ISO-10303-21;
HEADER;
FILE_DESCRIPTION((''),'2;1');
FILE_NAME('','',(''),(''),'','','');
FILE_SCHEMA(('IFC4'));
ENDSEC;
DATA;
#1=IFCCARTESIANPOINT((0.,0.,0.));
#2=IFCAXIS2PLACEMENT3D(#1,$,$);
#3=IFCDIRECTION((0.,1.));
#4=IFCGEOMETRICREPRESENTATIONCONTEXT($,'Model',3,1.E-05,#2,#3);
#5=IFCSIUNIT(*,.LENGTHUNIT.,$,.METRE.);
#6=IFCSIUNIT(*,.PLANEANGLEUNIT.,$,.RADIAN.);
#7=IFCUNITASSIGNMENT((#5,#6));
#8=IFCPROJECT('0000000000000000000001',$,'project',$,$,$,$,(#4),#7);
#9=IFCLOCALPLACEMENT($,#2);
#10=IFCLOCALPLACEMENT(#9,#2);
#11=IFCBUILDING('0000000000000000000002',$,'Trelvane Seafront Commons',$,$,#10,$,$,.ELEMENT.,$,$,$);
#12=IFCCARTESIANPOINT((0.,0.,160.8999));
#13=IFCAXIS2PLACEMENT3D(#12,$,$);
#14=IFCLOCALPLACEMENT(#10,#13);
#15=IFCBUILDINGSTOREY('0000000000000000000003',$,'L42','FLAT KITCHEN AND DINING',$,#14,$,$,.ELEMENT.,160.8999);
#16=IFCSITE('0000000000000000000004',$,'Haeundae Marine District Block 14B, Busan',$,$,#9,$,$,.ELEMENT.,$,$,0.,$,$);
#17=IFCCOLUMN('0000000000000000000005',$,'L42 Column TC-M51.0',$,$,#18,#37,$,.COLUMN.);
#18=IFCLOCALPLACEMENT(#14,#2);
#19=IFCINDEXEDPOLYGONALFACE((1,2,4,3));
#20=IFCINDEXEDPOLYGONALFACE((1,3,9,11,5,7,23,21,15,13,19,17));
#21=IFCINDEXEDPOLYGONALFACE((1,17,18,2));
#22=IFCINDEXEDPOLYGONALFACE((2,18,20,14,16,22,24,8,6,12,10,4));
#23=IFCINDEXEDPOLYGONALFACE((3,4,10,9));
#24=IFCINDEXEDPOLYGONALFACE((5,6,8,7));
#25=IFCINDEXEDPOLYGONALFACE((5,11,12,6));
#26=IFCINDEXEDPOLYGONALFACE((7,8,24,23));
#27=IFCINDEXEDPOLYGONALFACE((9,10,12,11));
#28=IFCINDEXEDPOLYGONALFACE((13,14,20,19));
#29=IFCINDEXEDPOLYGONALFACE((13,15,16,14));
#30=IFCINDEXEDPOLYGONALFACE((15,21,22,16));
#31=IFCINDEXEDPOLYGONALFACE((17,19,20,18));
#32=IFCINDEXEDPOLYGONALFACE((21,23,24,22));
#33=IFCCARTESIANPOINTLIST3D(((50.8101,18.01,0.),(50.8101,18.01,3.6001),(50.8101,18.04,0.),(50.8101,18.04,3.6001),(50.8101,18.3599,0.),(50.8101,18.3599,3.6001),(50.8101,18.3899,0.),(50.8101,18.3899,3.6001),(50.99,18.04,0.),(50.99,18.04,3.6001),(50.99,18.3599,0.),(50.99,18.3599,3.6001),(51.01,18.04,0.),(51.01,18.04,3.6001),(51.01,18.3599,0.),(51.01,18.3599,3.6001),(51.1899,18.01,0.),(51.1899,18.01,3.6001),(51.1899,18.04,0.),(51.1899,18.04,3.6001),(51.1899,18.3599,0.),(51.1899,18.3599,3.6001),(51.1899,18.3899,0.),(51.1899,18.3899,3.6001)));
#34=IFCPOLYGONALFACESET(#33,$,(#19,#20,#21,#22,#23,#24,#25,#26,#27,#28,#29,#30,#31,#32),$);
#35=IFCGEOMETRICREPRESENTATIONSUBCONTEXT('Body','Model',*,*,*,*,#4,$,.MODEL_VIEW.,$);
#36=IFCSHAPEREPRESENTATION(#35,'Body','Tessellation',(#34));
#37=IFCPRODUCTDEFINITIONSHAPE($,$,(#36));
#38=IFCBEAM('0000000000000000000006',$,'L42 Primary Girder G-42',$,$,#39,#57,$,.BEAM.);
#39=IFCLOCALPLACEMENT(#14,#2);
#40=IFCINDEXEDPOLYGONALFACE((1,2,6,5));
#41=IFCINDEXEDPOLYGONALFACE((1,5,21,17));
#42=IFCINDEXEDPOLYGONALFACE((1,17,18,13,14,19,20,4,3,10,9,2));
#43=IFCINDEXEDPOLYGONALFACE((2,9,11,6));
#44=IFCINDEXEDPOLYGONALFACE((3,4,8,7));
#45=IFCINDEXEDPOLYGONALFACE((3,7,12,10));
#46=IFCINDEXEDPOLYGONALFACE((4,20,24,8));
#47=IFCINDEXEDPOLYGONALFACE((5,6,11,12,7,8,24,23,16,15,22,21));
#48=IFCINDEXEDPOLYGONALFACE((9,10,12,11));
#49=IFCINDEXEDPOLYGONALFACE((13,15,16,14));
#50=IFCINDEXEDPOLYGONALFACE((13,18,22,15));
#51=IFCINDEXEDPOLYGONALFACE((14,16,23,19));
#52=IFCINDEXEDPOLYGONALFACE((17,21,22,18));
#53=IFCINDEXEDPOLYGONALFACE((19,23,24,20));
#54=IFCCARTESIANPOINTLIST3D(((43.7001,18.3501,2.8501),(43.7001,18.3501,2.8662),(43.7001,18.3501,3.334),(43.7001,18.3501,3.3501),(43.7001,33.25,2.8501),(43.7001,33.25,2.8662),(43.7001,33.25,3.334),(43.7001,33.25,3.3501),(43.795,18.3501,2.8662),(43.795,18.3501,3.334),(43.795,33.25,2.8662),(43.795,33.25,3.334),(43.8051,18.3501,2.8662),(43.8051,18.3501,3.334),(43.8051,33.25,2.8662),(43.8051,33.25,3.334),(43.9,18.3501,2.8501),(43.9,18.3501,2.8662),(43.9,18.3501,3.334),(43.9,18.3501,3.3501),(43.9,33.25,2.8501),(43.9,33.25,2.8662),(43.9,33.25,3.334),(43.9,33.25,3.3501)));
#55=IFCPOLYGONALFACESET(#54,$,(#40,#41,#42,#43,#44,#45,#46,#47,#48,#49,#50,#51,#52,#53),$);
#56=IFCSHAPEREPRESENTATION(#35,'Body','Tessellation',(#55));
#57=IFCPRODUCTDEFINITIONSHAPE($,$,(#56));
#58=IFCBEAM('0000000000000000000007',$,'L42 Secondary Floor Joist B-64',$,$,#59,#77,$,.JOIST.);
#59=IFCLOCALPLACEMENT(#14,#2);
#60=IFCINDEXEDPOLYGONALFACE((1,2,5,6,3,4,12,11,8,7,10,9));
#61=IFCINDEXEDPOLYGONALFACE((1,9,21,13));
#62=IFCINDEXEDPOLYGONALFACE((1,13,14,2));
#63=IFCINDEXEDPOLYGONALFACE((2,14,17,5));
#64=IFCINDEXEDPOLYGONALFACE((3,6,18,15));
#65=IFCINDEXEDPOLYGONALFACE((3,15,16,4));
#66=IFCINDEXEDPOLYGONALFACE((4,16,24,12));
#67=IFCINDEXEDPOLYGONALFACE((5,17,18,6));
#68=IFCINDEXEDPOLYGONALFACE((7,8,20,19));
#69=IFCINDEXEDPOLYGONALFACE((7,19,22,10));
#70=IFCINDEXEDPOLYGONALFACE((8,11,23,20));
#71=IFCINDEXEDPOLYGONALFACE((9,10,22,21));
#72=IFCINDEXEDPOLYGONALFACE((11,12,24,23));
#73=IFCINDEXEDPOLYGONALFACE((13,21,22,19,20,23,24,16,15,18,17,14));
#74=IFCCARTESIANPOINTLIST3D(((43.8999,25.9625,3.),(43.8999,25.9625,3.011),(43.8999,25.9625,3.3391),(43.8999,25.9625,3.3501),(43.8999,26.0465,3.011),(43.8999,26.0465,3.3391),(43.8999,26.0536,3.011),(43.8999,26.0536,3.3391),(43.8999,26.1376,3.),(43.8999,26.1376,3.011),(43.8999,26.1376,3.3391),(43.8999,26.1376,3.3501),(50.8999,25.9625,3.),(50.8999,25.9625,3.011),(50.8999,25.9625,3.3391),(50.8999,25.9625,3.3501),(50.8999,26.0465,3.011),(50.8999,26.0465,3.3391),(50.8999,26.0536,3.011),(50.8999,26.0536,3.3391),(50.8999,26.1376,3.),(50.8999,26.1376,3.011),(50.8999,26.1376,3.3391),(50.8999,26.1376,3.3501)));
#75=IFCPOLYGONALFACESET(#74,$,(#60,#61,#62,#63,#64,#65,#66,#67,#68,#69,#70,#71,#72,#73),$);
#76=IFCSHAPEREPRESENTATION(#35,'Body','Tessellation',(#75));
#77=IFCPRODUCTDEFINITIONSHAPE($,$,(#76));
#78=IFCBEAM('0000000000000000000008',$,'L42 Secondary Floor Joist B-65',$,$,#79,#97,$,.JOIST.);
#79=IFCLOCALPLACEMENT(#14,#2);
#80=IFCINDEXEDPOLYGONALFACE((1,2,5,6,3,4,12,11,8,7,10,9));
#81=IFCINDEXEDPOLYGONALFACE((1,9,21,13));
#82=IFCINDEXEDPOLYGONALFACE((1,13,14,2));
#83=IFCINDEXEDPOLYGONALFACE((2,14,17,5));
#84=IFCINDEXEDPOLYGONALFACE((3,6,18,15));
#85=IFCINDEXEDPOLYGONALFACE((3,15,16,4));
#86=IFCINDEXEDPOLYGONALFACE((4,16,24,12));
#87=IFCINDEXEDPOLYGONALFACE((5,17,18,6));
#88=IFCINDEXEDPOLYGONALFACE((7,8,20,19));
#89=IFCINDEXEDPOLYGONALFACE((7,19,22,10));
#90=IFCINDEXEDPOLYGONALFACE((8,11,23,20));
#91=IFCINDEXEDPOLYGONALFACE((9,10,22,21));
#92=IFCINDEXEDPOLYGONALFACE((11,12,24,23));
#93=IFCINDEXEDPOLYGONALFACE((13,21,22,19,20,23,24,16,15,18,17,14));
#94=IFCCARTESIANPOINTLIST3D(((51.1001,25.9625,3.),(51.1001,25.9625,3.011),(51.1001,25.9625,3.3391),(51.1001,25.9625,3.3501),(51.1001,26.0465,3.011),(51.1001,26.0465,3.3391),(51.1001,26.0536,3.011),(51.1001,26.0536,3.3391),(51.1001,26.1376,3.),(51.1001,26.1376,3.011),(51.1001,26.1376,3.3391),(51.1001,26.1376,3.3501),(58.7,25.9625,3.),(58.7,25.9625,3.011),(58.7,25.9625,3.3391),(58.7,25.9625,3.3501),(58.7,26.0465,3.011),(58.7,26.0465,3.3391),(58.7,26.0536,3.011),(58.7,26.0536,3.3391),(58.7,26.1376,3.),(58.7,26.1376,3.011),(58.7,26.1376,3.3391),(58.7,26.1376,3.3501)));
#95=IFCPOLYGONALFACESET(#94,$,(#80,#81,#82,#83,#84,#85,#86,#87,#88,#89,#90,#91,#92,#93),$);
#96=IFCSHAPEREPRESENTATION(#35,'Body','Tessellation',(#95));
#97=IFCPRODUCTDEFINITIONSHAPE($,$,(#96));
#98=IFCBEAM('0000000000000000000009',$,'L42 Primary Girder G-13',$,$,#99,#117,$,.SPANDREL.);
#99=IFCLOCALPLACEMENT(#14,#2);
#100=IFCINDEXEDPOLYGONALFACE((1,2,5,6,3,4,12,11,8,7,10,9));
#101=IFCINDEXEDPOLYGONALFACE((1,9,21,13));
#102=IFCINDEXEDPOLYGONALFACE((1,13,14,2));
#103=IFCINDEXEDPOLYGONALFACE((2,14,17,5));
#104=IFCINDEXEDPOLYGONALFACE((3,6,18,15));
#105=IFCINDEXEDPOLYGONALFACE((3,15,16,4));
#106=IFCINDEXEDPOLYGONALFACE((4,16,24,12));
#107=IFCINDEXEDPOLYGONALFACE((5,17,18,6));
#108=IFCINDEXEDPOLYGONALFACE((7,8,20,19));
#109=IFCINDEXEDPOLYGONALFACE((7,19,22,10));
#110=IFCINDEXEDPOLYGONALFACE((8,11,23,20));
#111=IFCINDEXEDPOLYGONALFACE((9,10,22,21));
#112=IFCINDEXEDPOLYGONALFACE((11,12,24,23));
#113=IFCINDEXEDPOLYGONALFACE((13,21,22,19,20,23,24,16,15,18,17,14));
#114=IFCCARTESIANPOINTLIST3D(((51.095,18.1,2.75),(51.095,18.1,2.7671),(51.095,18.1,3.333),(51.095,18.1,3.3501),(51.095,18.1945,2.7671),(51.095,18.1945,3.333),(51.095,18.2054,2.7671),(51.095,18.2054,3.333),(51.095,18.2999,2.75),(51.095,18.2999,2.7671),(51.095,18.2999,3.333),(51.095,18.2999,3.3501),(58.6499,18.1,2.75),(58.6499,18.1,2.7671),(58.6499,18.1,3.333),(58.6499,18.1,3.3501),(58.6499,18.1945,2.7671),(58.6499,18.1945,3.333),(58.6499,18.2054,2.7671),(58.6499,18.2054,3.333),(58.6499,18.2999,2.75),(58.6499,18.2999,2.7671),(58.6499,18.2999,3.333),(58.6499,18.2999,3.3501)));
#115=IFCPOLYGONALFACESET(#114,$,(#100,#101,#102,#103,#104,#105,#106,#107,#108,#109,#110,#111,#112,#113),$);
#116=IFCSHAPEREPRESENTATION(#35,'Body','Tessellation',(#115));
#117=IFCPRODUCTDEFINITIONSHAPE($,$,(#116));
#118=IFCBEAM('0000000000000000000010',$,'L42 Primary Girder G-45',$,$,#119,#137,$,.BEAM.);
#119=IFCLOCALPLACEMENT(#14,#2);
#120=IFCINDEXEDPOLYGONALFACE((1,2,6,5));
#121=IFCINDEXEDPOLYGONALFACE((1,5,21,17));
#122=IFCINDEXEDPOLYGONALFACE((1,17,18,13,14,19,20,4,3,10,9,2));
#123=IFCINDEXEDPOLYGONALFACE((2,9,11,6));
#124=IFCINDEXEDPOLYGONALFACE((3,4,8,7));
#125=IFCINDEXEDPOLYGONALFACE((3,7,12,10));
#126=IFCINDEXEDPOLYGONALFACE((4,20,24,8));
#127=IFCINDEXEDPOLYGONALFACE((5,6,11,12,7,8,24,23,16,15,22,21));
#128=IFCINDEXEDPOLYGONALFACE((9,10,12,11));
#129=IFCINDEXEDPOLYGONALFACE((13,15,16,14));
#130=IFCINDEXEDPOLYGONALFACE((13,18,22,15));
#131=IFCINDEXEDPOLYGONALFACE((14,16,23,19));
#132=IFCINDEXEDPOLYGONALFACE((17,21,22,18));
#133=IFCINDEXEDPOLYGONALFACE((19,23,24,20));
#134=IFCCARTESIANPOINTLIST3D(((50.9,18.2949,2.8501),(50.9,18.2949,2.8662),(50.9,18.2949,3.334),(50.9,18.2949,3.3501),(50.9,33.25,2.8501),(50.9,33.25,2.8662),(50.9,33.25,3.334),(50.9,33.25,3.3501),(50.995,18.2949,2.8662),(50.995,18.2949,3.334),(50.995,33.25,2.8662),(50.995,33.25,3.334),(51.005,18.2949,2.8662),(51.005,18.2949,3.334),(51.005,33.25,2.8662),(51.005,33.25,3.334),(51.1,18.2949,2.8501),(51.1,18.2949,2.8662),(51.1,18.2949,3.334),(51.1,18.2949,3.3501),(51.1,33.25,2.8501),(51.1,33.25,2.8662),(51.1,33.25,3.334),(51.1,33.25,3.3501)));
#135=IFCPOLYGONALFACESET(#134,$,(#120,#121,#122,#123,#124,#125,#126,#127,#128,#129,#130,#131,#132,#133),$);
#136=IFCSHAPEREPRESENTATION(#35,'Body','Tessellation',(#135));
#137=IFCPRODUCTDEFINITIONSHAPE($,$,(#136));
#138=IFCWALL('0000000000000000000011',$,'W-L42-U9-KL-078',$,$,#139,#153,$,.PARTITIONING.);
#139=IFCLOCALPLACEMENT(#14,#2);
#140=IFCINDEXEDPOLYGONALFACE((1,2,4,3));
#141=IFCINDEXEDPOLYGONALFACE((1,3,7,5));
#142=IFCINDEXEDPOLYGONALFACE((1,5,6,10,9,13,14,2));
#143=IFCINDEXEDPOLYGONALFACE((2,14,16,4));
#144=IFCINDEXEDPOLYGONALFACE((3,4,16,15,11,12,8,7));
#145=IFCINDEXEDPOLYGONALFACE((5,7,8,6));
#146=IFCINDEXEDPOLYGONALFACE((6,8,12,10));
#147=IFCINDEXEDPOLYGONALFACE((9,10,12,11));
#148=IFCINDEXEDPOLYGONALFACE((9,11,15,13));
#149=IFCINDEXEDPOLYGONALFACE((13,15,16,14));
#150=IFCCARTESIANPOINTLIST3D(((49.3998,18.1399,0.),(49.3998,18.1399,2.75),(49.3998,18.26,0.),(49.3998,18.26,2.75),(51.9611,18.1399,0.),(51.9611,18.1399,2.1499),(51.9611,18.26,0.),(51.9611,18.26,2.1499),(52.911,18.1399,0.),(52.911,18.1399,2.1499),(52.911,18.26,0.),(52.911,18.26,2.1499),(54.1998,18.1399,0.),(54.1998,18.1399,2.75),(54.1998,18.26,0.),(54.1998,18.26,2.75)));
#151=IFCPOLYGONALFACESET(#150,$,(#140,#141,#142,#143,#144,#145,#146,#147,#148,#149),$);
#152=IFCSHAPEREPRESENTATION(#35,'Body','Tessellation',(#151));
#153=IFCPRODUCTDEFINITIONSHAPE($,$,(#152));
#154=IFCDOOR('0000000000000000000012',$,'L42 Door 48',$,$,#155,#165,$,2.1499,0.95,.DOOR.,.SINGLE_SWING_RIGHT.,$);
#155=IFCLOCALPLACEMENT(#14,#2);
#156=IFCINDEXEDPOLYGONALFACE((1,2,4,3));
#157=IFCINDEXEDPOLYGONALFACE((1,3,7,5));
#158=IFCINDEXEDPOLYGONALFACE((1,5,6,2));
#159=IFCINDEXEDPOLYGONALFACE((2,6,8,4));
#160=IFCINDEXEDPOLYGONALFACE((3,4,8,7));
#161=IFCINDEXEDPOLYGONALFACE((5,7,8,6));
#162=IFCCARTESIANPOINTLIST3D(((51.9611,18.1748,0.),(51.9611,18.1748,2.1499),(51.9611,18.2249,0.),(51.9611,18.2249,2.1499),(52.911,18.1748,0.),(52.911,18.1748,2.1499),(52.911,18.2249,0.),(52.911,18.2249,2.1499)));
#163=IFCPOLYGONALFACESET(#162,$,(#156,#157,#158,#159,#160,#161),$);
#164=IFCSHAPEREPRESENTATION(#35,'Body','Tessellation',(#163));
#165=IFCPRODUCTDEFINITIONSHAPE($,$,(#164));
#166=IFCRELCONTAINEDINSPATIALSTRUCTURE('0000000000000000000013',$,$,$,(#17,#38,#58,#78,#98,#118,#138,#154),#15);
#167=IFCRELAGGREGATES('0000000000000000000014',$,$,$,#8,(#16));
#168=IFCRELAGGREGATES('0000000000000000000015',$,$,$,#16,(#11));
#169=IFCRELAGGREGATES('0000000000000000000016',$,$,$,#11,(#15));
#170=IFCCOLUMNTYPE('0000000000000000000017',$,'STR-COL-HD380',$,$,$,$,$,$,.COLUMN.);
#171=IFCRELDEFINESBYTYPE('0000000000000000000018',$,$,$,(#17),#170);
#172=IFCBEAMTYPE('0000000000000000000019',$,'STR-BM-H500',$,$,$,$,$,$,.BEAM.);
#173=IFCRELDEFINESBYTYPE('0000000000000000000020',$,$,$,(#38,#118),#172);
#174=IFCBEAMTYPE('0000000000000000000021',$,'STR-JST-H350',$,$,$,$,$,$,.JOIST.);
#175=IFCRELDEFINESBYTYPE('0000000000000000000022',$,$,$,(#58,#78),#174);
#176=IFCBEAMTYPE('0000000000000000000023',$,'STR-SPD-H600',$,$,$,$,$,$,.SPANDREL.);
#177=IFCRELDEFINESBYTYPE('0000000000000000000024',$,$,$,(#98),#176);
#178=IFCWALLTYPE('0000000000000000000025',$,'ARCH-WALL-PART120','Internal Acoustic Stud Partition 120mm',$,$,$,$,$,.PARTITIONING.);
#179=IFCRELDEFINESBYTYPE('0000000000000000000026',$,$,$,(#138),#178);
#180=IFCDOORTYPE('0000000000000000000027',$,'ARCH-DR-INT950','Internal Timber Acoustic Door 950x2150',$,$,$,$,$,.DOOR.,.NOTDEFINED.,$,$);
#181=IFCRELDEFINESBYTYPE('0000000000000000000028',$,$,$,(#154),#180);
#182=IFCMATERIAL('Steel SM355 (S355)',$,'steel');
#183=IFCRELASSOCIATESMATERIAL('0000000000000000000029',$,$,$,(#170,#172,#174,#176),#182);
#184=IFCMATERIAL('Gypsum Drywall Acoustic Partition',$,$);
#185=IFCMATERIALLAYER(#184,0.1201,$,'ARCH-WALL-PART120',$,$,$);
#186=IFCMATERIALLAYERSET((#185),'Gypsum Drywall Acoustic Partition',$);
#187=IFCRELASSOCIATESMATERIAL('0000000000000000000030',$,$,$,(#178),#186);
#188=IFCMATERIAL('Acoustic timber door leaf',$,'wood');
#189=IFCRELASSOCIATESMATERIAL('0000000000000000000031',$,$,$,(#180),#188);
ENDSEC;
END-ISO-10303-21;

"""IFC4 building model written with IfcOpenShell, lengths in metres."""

from ifc_helpers import new_model, si_unit, direction, frame, frame_2d, origin, origin_2d, place, context, subcontext, project, spatial, rectangle, i_section, extrude, source, transform, mapped, material, layer, layer_set, material_profile, profile_set, type_object, element, fill, save


model = new_model("IFC4")

# Units and contexts
model_context = context("Model", 3, precision=1e-05, world=origin(), true_north=direction((0.0, 1.0)))
body_context = subcontext(model_context, "Body", "Model", "MODEL_VIEW")
ifc_project = project(units=[si_unit("LENGTHUNIT", "METRE"), si_unit("PLANEANGLEUNIT", "RADIAN")], contexts=[model_context])

# Site, building, storey
site_placement = place(None, origin())
site = spatial("IfcSite", under=ifc_project, at=site_placement, Name="Haeundae Marine District Block 14B, Busan", CompositionType="ELEMENT", RefElevation=0.0)
building_placement = place(site_placement, origin())
building = spatial("IfcBuilding", under=site, at=building_placement, Name="Trelvane Seafront Commons", CompositionType="ELEMENT")
storey_placement = place(building_placement, frame((0.0, 0.0, 160.8999)))
storey = spatial("IfcBuildingStorey", under=building, at=storey_placement, Name="L42", Description="FLAT KITCHEN AND DINING", CompositionType="ELEMENT", Elevation=160.8999)

# Column
ifc_material_1 = material(Name="Steel SM355 (S355)", Category="steel")
ifc_material_profile_1 = material_profile(ifc_material_1, i_section(OverallWidth=0.3799, OverallDepth=0.3799, WebThickness=0.02, FlangeThickness=0.03, at=origin_2d()), Name="HD-380x380x20x30")
ifc_profile_set_1 = profile_set([ifc_material_profile_1], Name="Steel SM355 (S355)")
column_type = type_object("IfcColumnType", Name="STR-COL-HD380", PredefinedType="COLUMN", material=ifc_profile_set_1)
shared_shape_1 = source(origin(), body_context, "Body", "SweptSolid", [
    extrude(i_section(OverallWidth=0.3799, OverallDepth=0.3799, WebThickness=0.02, FlangeThickness=0.03, at=origin_2d()), origin(), (0.0, 0.0, 1.0), 3.6001),
])
column_placement = place(storey_placement, frame((51.0, 18.2, 0.0), z_axis=(0.0, 0.0, 1.0), x_axis=(1.0, 0.0, 0.0)))
element("IfcColumn", 1, at=column_placement, inside=storey, type_object=column_type, Name="L42 Column TC-M51.0", PredefinedType="COLUMN", context=body_context, shape_type="MappedRepresentation", body=[
    mapped(shared_shape_1, transform((0.0, 0.0, 0.0), x_axis=(1.0, 0.0, 0.0), y_axis=(0.0, 1.0, 0.0), z_axis=(0.0, 0.0, 1.0), scale=1.0)),
])

# Beams
ifc_material_profile_2 = material_profile(ifc_material_1, i_section(OverallWidth=0.2, OverallDepth=0.5, WebThickness=0.01, FlangeThickness=0.0161, at=origin_2d()), Name="H-500x200x10x16")
ifc_profile_set_2 = profile_set([ifc_material_profile_2], Name="Steel SM355 (S355)")
beam_type_1 = type_object("IfcBeamType", Name="STR-BM-H500", PredefinedType="BEAM", material=ifc_profile_set_2)
shared_shape_2 = source(origin(), body_context, "Body", "SweptSolid", [
    extrude(i_section(OverallWidth=0.2, OverallDepth=0.5, WebThickness=0.01, FlangeThickness=0.0161, at=origin_2d()), origin(), (0.0, 0.0, 1.0), 14.8999),
])
beam_1_placement = place(storey_placement, frame((43.8, 18.3501, 3.1001), z_axis=(0.0, 1.0, 0.0), x_axis=(-1.0, 0.0, 0.0)))
element("IfcBeam", 2, at=beam_1_placement, inside=storey, type_object=beam_type_1, Name="L42 Primary Girder G-42", PredefinedType="BEAM", context=body_context, shape_type="MappedRepresentation", body=[
    mapped(shared_shape_2, transform((0.0, 0.0, 0.0), x_axis=(1.0, 0.0, 0.0), y_axis=(0.0, 1.0, 0.0), z_axis=(0.0, 0.0, 1.0), scale=1.0)),
])
ifc_material_profile_3 = material_profile(ifc_material_1, i_section(OverallWidth=0.175, OverallDepth=0.3501, WebThickness=0.0071, FlangeThickness=0.011, at=origin_2d()), Name="H-350x175x7x11")
ifc_profile_set_3 = profile_set([ifc_material_profile_3], Name="Steel SM355 (S355)")
beam_type_2 = type_object("IfcBeamType", Name="STR-JST-H350", PredefinedType="JOIST", material=ifc_profile_set_3)
shared_shape_3 = source(origin(), body_context, "Body", "SweptSolid", [
    extrude(i_section(OverallWidth=0.175, OverallDepth=0.3501, WebThickness=0.0071, FlangeThickness=0.011, at=origin_2d()), origin(), (0.0, 0.0, 1.0), 7.0),
])
beam_2_placement = place(storey_placement, frame((43.8999, 26.05, 3.175), z_axis=(1.0, 0.0, 0.0), x_axis=(0.0, 1.0, 0.0)))
element("IfcBeam", 3, at=beam_2_placement, inside=storey, type_object=beam_type_2, Name="L42 Secondary Floor Joist B-64", PredefinedType="JOIST", context=body_context, shape_type="MappedRepresentation", body=[
    mapped(shared_shape_3, transform((0.0, 0.0, 0.0), x_axis=(1.0, 0.0, 0.0), y_axis=(0.0, 1.0, 0.0), z_axis=(0.0, 0.0, 1.0), scale=1.0)),
])
shared_shape_4 = source(origin(), body_context, "Body", "SweptSolid", [
    extrude(i_section(OverallWidth=0.175, OverallDepth=0.3501, WebThickness=0.0071, FlangeThickness=0.011, at=origin_2d()), origin(), (0.0, 0.0, 1.0), 7.5999),
])
beam_3_placement = place(storey_placement, frame((51.1001, 26.05, 3.175), z_axis=(1.0, 0.0, 0.0), x_axis=(0.0, 1.0, 0.0)))
element("IfcBeam", 4, at=beam_3_placement, inside=storey, type_object=beam_type_2, Name="L42 Secondary Floor Joist B-65", PredefinedType="JOIST", context=body_context, shape_type="MappedRepresentation", body=[
    mapped(shared_shape_4, transform((0.0, 0.0, 0.0), x_axis=(1.0, 0.0, 0.0), y_axis=(0.0, 1.0, 0.0), z_axis=(0.0, 0.0, 1.0), scale=1.0)),
])
ifc_material_profile_4 = material_profile(ifc_material_1, i_section(OverallWidth=0.2, OverallDepth=0.6001, WebThickness=0.011, FlangeThickness=0.0171, at=origin_2d()), Name="H-600x200x11x17")
ifc_profile_set_4 = profile_set([ifc_material_profile_4], Name="Steel SM355 (S355)")
beam_type_3 = type_object("IfcBeamType", Name="STR-SPD-H600", PredefinedType="SPANDREL", material=ifc_profile_set_4)
shared_shape_5 = source(origin(), body_context, "Body", "SweptSolid", [
    extrude(i_section(OverallWidth=0.2, OverallDepth=0.6001, WebThickness=0.011, FlangeThickness=0.0171, at=origin_2d()), origin(), (0.0, 0.0, 1.0), 7.5549),
])
beam_4_placement = place(storey_placement, frame((51.095, 18.2, 3.05), z_axis=(1.0, 0.0, 0.0), x_axis=(0.0, 1.0, 0.0)))
element("IfcBeam", 5, at=beam_4_placement, inside=storey, type_object=beam_type_3, Name="L42 Primary Girder G-13", PredefinedType="SPANDREL", context=body_context, shape_type="MappedRepresentation", body=[
    mapped(shared_shape_5, transform((0.0, 0.0, 0.0), x_axis=(1.0, 0.0, 0.0), y_axis=(0.0, 1.0, 0.0), z_axis=(0.0, 0.0, 1.0), scale=1.0)),
])
shared_shape_6 = source(origin(), body_context, "Body", "SweptSolid", [
    extrude(i_section(OverallWidth=0.2, OverallDepth=0.5, WebThickness=0.01, FlangeThickness=0.0161, at=origin_2d()), origin(), (0.0, 0.0, 1.0), 14.9551),
])
beam_5_placement = place(storey_placement, frame((51.0, 18.2949, 3.1001), z_axis=(0.0, 1.0, 0.0), x_axis=(-1.0, 0.0, 0.0)))
element("IfcBeam", 6, at=beam_5_placement, inside=storey, type_object=beam_type_1, Name="L42 Primary Girder G-45", PredefinedType="BEAM", context=body_context, shape_type="MappedRepresentation", body=[
    mapped(shared_shape_6, transform((0.0, 0.0, 0.0), x_axis=(1.0, 0.0, 0.0), y_axis=(0.0, 1.0, 0.0), z_axis=(0.0, 0.0, 1.0), scale=1.0)),
])

# Wall, opening, door
ifc_material_2 = material(Name="Gypsum Drywall Acoustic Partition")
ifc_layer_1 = layer(ifc_material_2, 0.1201, Name="ARCH-WALL-PART120")
ifc_layer_set_1 = layer_set([ifc_layer_1], Name="Gypsum Drywall Acoustic Partition")
wall_type_1 = type_object("IfcWallType", Name="ARCH-WALL-PART120", Description="Internal Acoustic Stud Partition 120mm", PredefinedType="PARTITIONING", material=ifc_layer_set_1)
wall_1_placement = place(storey_placement, frame((49.3999, 18.2, 0.0), z_axis=(0.0, 0.0, 1.0), x_axis=(1.0, 0.0, 0.0)))
wall_1 = element("IfcWall", 7, at=wall_1_placement, inside=storey, type_object=wall_type_1, Name="W-L42-U9-KL-078", PredefinedType="PARTITIONING", context=body_context, shape_type="SweptSolid", body=[
    extrude(rectangle(XDim=4.8, YDim=0.1201, at=frame_2d((2.3999, 0.0))), origin(), (0.0, 0.0, 1.0), 2.75),
])
opening_1_placement = place(wall_1_placement, frame((2.561, 0.0, 0.0)))
opening_1 = element("IfcOpeningElement", 8, at=opening_1_placement, cuts=wall_1, PredefinedType="OPENING", context=body_context, shape_type="SweptSolid", body=[
    extrude(rectangle(XDim=0.95, YDim=2.1499, at=frame_2d((0.4751, 1.075))), frame((0.0, 0.0701, 0.0), z_axis=(0.0, -1.0, 0.0), x_axis=(1.0, 0.0, 0.0)), (0.0, 0.0, 1.0), 0.1401),
])
ifc_material_3 = material(Name="Acoustic timber door leaf", Category="wood")
door_type_1 = type_object("IfcDoorType", Name="ARCH-DR-INT950", Description="Internal Timber Acoustic Door 950x2150", OperationType="NOTDEFINED", PredefinedType="DOOR", material=ifc_material_3)
shared_shape_7 = source(origin(), body_context, "Body", "SweptSolid", [
    extrude(rectangle(XDim=0.95, YDim=2.1499, at=frame_2d((0.4751, 1.075))), frame((0.0, 0.0249, 0.0), z_axis=(0.0, -1.0, 0.0), x_axis=(1.0, 0.0, 0.0)), (0.0, 0.0, 1.0), 0.05),
])
door_1_placement = place(opening_1_placement, origin())
door_1 = element("IfcDoor", 9, at=door_1_placement, inside=storey, type_object=door_type_1, Name="L42 Door 48", OperationType="SINGLE_SWING_RIGHT", OverallHeight=2.1499, OverallWidth=0.95, PredefinedType="DOOR", context=body_context, shape_type="MappedRepresentation", body=[
    mapped(shared_shape_7, transform((0.0, 0.0, 0.0), x_axis=(1.0, 0.0, 0.0), y_axis=(0.0, 1.0, 0.0), z_axis=(0.0, 0.0, 1.0), scale=1.0)),
])
fill(opening_1, door_1)

save(model, "model.ifc")
